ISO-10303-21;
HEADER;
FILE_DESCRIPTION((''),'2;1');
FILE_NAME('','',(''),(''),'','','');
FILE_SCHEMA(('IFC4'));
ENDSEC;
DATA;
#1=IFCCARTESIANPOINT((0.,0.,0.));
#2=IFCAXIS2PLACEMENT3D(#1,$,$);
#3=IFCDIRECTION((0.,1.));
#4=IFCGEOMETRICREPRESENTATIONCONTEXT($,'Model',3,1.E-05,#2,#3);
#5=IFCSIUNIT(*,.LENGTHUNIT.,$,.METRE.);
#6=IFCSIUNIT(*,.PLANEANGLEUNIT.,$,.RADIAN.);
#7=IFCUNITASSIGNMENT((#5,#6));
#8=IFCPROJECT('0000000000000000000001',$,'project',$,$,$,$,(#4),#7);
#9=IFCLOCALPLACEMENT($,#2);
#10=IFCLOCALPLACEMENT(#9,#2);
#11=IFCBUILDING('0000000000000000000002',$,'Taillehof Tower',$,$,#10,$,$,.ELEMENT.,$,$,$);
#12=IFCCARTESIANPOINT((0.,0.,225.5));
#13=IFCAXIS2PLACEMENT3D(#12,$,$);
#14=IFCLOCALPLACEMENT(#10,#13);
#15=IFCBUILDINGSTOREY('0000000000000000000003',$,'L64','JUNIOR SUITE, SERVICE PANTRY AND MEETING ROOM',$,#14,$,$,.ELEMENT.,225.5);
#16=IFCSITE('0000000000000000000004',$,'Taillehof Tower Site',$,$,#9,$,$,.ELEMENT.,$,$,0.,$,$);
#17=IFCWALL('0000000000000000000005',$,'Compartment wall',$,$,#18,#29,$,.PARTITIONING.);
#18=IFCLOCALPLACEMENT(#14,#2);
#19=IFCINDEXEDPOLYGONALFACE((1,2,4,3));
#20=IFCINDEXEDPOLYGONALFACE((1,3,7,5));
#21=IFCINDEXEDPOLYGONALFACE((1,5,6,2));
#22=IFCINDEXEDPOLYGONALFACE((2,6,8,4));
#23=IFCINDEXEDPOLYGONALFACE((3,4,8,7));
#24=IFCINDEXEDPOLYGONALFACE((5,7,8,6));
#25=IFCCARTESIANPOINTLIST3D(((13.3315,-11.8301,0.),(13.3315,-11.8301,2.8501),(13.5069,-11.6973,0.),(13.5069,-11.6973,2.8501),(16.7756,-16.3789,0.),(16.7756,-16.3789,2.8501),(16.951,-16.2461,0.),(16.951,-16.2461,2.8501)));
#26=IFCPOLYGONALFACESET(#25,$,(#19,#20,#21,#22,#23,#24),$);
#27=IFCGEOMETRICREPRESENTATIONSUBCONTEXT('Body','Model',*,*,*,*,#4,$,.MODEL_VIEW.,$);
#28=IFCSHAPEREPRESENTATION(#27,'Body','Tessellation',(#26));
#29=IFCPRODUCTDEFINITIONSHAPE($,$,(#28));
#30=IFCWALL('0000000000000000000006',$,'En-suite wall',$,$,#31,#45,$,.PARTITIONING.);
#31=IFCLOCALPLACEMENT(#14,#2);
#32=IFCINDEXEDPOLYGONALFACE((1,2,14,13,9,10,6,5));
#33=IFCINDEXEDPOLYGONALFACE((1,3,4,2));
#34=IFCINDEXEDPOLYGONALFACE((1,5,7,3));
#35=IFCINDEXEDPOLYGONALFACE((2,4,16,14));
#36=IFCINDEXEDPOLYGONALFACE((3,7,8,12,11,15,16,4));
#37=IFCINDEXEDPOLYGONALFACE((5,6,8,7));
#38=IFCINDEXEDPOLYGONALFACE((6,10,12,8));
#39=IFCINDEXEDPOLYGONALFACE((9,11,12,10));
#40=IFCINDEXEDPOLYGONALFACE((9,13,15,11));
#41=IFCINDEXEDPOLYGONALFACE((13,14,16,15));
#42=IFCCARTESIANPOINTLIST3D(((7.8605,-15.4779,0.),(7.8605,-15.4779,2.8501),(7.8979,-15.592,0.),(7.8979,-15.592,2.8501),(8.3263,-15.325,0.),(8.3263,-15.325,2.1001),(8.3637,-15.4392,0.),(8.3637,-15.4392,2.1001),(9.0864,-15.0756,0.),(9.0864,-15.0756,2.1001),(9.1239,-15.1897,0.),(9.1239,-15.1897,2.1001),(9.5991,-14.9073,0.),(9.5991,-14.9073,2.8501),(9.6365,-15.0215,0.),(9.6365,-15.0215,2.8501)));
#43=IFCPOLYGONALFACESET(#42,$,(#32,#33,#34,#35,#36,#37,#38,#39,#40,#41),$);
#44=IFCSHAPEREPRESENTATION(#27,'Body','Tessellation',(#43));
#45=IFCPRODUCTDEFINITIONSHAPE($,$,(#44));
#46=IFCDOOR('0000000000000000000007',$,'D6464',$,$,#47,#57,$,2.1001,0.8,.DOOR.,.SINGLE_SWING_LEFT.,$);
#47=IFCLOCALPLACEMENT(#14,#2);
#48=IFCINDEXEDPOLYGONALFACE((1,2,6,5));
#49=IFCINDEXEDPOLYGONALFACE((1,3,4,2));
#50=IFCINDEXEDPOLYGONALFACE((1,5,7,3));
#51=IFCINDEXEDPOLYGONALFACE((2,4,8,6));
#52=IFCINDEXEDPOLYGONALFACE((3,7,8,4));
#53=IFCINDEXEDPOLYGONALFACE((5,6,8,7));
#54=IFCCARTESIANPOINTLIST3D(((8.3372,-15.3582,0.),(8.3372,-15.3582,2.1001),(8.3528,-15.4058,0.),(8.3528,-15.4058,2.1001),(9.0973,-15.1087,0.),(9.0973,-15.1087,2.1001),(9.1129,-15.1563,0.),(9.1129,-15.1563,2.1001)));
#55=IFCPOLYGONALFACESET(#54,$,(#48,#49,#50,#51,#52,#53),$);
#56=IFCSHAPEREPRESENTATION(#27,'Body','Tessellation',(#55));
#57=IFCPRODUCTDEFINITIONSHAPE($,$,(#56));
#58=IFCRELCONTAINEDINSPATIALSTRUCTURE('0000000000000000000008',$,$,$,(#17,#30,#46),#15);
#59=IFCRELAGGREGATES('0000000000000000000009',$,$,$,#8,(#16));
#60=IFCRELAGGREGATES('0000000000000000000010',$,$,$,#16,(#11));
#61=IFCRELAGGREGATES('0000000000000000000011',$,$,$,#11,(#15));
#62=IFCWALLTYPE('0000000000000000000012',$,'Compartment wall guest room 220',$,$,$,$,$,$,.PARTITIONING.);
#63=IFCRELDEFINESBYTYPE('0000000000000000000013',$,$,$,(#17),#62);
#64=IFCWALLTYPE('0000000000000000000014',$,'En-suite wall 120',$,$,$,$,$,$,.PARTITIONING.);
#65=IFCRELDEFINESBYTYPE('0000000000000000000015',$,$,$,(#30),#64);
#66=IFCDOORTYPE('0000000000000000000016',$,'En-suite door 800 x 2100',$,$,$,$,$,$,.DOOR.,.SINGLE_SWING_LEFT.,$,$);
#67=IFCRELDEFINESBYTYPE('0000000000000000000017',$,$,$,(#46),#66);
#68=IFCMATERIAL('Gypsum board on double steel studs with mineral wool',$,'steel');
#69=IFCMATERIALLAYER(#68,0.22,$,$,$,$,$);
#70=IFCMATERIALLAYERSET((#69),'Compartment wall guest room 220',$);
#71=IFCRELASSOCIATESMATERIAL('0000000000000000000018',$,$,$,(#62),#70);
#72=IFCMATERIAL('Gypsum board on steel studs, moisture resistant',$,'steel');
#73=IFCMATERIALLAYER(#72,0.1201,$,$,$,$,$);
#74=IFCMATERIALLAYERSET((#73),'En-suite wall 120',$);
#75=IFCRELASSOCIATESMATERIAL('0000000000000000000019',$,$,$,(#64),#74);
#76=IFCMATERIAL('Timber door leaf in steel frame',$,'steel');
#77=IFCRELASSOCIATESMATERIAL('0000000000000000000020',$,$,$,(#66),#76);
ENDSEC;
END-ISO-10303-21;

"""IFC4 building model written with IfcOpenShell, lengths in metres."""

from ifc_helpers import new_model, si_unit, direction, frame, frame_2d, origin, place, context, subcontext, project, spatial, rectangle, extrude, material, layer, layer_set, type_object, element, fill, save


model = new_model("IFC4")

# Units and contexts
model_context = context("Model", 3, precision=1e-05, world=origin(), true_north=direction((0.0, 1.0)))
body_context = subcontext(model_context, "Body", "Model", "MODEL_VIEW")
ifc_project = project(units=[si_unit("LENGTHUNIT", "METRE"), si_unit("PLANEANGLEUNIT", "RADIAN")], contexts=[model_context])

# Site, building, storey
site_placement = place(None, origin())
site = spatial("IfcSite", under=ifc_project, at=site_placement, Name="Taillehof Tower Site", CompositionType="ELEMENT", RefElevation=0.0)
building_placement = place(site_placement, origin())
building = spatial("IfcBuilding", under=site, at=building_placement, Name="Taillehof Tower", CompositionType="ELEMENT")
storey_placement = place(building_placement, frame((0.0, 0.0, 225.5)))
storey = spatial("IfcBuildingStorey", under=building, at=storey_placement, Name="L64", Description="JUNIOR SUITE, SERVICE PANTRY AND MEETING ROOM", CompositionType="ELEMENT", Elevation=225.5)

# Wall
ifc_material_1 = material(Name="Gypsum board on double steel studs with mineral wool", Category="steel")
ifc_layer_1 = layer(ifc_material_1, 0.22)
ifc_layer_set_1 = layer_set([ifc_layer_1], Name="Compartment wall guest room 220")
wall_type_1 = type_object("IfcWallType", Name="Compartment wall guest room 220", PredefinedType="PARTITIONING", material=ifc_layer_set_1)
wall_1_placement = place(storey_placement, frame((16.8633, -16.3125, 0.0), z_axis=(0.0, 0.0, 1.0), x_axis=(-0.603636, 0.79726, 0.0)))
element("IfcWall", 1, at=wall_1_placement, inside=storey, type_object=wall_type_1, Name="Compartment wall", PredefinedType="PARTITIONING", context=body_context, shape_type="SweptSolid", body=[
    extrude(rectangle(XDim=5.7056, YDim=0.22, at=frame_2d((2.8528, 0.0))), origin(), (0.0, 0.0, 1.0), 2.8501),
])

# Wall, opening, door
ifc_material_2 = material(Name="Gypsum board on steel studs, moisture resistant", Category="steel")
ifc_layer_2 = layer(ifc_material_2, 0.1201)
ifc_layer_set_2 = layer_set([ifc_layer_2], Name="En-suite wall 120")
wall_type_2 = type_object("IfcWallType", Name="En-suite wall 120", PredefinedType="PARTITIONING", material=ifc_layer_set_2)
wall_2_placement = place(storey_placement, frame((9.6179, -14.9644, 0.0), z_axis=(0.0, 0.0, 1.0), x_axis=(-0.950141, -0.311821, 0.0)))
wall_2 = element("IfcWall", 2, at=wall_2_placement, inside=storey, type_object=wall_type_2, Name="En-suite wall", PredefinedType="PARTITIONING", context=body_context, shape_type="SweptSolid", body=[
    extrude(rectangle(XDim=1.8298, YDim=0.1201, at=frame_2d((0.915, 0.0))), origin(), (0.0, 0.0, 1.0), 2.8501),
])
opening_1_placement = place(wall_2_placement, frame((0.5398, 0.0, 0.0)))
opening_1 = element("IfcOpeningElement", 3, at=opening_1_placement, cuts=wall_2, PredefinedType="OPENING", context=body_context, shape_type="SweptSolid", body=[
    extrude(rectangle(XDim=0.8, YDim=2.1001, at=frame_2d((0.3999, 1.05))), frame((0.0, 0.0701, 0.0), z_axis=(0.0, -1.0, 0.0), x_axis=(1.0, 0.0, 0.0)), (0.0, 0.0, 1.0), 0.1401),
])
ifc_material_3 = material(Name="Timber door leaf in steel frame", Category="steel")
door_type_1 = type_object("IfcDoorType", Name="En-suite door 800 x 2100", OperationType="SINGLE_SWING_LEFT", PredefinedType="DOOR", material=ifc_material_3)
door_1_placement = place(opening_1_placement, origin())
door_1 = element("IfcDoor", 4, at=door_1_placement, inside=storey, type_object=door_type_1, Name="D6464", OperationType="SINGLE_SWING_LEFT", OverallHeight=2.1001, OverallWidth=0.8, PredefinedType="DOOR", context=body_context, shape_type="SweptSolid", body=[
    extrude(rectangle(XDim=0.8, YDim=2.1001, at=frame_2d((0.3999, 1.05))), frame((0.0, 0.0249, 0.0), z_axis=(0.0, -1.0, 0.0), x_axis=(1.0, 0.0, 0.0)), (0.0, 0.0, 1.0), 0.05),
])
fill(opening_1, door_1)

save(model, "model.ifc")
